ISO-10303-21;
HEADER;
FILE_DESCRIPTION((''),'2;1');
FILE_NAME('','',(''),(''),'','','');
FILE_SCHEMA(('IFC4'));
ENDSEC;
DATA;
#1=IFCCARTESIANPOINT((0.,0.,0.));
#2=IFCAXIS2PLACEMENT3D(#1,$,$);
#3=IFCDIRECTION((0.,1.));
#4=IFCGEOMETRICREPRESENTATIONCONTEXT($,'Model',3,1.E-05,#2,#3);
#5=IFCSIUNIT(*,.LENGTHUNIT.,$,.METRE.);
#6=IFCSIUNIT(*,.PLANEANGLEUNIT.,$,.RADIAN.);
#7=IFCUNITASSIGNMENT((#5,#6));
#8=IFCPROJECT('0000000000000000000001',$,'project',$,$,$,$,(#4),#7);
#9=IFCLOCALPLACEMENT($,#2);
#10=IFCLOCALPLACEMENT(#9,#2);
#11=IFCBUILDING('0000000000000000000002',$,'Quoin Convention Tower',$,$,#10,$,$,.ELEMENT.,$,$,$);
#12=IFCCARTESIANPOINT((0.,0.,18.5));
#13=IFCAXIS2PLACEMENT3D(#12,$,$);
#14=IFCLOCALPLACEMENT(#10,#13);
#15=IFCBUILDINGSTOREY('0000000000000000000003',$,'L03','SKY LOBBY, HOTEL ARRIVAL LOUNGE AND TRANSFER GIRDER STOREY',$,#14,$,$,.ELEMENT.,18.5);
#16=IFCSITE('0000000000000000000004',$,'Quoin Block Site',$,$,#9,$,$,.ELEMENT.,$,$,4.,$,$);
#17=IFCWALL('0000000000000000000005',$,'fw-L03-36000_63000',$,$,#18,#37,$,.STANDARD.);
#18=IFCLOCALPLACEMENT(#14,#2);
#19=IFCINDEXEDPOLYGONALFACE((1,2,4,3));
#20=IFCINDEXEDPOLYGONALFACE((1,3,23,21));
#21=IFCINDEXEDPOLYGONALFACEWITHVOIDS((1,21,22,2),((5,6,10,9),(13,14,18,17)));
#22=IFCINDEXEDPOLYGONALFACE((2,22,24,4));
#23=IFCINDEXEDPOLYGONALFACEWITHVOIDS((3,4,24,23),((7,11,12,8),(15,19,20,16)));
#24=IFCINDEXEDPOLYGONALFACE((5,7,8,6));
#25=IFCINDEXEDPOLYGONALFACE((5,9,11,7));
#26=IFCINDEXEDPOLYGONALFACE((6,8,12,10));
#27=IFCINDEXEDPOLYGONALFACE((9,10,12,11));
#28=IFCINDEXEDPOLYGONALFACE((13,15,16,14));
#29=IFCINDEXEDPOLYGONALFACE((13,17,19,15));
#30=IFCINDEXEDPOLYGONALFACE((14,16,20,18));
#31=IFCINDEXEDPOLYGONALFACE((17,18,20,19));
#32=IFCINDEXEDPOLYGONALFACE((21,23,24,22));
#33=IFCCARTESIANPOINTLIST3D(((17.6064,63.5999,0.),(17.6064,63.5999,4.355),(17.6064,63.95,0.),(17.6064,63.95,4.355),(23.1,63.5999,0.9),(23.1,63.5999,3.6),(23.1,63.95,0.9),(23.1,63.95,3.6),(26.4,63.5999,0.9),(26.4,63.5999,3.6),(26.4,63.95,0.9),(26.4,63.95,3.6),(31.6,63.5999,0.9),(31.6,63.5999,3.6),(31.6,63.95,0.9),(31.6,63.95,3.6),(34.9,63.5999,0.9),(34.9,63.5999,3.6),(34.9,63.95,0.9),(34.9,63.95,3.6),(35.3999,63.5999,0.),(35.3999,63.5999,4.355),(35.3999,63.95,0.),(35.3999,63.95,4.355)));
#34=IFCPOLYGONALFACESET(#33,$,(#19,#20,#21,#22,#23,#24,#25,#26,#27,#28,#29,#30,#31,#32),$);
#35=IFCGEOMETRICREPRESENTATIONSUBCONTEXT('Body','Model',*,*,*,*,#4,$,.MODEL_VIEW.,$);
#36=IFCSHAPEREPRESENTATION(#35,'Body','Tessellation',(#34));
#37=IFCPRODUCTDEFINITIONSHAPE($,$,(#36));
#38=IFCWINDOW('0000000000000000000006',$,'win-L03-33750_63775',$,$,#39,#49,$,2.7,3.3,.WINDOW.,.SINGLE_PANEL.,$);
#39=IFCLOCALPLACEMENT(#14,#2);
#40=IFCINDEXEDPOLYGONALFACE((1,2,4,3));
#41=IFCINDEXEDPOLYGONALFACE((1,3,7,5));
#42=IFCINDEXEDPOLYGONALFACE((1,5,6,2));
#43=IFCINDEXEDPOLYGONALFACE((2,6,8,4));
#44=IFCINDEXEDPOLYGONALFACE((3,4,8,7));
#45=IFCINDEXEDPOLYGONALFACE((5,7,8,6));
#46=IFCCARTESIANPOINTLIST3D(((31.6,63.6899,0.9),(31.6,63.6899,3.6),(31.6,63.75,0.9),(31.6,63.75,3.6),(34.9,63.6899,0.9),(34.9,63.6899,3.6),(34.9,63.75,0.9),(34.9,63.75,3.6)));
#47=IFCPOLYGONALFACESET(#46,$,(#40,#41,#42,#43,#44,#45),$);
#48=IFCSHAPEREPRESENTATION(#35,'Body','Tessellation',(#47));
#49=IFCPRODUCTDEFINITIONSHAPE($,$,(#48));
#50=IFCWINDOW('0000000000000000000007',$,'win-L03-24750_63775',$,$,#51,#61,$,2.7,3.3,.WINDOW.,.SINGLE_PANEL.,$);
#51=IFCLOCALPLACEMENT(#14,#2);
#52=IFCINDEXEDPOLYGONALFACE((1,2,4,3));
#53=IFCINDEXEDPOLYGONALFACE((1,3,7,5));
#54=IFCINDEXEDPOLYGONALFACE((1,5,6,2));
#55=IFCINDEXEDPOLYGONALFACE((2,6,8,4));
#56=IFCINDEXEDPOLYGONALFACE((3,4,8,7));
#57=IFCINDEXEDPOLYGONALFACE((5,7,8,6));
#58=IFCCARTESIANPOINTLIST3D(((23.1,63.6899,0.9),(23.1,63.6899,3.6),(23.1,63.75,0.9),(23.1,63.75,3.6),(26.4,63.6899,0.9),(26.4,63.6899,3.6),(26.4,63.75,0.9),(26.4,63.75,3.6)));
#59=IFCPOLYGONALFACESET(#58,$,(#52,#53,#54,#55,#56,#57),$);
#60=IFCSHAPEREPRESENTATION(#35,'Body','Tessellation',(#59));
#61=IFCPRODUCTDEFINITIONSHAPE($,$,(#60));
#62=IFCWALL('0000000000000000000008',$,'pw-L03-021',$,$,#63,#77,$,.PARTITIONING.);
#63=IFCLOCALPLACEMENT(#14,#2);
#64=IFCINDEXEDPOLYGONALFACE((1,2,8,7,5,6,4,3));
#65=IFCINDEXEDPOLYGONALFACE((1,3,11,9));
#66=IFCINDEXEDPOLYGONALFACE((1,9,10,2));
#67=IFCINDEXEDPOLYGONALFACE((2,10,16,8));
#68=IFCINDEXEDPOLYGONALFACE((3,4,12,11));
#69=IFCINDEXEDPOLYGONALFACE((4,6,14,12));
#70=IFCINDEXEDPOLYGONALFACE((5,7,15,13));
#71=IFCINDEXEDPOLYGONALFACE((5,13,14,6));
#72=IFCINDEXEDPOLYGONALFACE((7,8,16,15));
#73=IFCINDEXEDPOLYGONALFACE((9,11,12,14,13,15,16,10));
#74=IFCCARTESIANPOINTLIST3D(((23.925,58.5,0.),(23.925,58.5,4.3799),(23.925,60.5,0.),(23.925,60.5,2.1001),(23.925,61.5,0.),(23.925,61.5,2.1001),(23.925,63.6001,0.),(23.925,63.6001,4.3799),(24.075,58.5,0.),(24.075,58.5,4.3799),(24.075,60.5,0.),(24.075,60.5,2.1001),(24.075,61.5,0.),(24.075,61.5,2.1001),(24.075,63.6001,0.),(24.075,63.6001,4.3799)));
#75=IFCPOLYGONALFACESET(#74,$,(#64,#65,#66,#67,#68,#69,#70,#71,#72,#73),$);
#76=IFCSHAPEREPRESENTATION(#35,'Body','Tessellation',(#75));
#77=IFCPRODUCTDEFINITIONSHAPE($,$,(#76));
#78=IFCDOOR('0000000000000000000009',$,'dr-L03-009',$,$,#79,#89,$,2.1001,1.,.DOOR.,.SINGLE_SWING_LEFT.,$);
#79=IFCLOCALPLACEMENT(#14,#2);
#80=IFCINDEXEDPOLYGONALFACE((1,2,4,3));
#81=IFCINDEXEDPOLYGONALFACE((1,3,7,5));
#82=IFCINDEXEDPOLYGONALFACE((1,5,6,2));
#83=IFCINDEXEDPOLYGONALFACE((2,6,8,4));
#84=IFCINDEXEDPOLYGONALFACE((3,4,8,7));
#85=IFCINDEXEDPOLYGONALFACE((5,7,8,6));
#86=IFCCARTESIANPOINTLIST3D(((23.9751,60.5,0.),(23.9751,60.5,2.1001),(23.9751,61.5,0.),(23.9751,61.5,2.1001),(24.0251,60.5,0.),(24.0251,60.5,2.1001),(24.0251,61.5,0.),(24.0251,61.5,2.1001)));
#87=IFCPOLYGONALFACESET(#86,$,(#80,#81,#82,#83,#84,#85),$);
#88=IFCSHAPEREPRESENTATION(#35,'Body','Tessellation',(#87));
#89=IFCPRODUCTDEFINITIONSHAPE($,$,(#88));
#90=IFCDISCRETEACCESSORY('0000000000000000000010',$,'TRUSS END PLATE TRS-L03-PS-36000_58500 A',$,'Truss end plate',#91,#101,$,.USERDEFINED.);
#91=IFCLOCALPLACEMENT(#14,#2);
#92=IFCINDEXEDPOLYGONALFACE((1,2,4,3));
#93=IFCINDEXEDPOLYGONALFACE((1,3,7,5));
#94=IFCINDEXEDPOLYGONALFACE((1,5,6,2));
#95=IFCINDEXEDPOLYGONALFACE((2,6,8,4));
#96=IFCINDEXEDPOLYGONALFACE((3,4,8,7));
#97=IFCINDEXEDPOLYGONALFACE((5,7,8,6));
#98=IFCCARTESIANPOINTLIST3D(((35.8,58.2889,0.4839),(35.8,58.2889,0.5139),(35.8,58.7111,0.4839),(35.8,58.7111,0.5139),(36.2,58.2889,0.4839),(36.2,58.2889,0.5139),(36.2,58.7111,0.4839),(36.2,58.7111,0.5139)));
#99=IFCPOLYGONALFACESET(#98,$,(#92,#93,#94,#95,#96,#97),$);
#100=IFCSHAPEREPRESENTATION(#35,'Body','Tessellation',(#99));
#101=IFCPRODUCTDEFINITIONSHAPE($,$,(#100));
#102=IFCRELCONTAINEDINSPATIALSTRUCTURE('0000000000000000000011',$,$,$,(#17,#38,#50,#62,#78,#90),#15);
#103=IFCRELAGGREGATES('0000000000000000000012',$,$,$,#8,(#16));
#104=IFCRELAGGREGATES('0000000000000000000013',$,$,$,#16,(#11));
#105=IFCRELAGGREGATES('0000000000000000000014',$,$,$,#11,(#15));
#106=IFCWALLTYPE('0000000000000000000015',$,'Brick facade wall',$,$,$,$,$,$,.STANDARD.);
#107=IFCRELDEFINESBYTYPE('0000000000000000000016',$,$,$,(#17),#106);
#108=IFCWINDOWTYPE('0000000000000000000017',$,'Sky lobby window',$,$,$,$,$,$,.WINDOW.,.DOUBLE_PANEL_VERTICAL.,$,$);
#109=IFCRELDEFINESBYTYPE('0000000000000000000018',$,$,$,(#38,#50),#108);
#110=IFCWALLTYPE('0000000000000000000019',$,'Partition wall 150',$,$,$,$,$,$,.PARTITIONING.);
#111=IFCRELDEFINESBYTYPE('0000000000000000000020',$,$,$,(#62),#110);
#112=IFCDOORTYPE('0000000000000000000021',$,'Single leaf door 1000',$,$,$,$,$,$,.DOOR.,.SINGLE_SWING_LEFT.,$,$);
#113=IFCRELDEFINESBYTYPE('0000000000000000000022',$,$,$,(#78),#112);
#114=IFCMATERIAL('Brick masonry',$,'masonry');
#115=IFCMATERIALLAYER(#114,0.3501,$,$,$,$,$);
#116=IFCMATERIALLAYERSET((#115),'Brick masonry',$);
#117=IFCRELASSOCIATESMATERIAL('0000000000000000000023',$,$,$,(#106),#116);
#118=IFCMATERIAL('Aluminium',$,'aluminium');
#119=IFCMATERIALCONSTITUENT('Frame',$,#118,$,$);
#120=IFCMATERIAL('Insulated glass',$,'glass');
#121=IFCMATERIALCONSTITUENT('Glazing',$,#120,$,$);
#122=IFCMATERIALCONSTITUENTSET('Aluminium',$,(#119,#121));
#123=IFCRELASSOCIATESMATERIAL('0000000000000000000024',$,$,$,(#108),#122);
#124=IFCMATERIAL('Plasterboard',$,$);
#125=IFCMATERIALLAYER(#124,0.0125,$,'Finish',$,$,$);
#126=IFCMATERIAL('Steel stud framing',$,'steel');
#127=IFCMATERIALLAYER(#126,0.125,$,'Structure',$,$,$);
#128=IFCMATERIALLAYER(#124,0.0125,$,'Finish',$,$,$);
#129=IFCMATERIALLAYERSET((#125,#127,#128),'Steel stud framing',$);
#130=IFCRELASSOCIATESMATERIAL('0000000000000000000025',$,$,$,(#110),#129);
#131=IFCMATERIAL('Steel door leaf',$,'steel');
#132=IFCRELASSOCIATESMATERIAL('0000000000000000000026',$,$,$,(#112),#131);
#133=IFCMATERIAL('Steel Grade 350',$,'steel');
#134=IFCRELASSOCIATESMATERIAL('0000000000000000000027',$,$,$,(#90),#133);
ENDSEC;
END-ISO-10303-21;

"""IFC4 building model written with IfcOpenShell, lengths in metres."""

from ifc_helpers import new_model, si_unit, direction, frame, frame_2d, origin, origin_2d, place, context, subcontext, project, spatial, rectangle, extrude, material, layer, layer_set, constituent, constituent_set, type_object, element, fill, save


model = new_model("IFC4")

# Units and contexts
model_context = context("Model", 3, precision=1e-05, world=origin(), true_north=direction((0.0, 1.0)))
body_context = subcontext(model_context, "Body", "Model", "MODEL_VIEW")
ifc_project = project(units=[si_unit("LENGTHUNIT", "METRE"), si_unit("PLANEANGLEUNIT", "RADIAN")], contexts=[model_context])

# Site, building, storey
site_placement = place(None, origin())
site = spatial("IfcSite", under=ifc_project, at=site_placement, Name="Quoin Block Site", CompositionType="ELEMENT", RefElevation=4.0)
building_placement = place(site_placement, origin())
building = spatial("IfcBuilding", under=site, at=building_placement, Name="Quoin Convention Tower", CompositionType="ELEMENT")
storey_placement = place(building_placement, frame((0.0, 0.0, 18.5)))
storey = spatial("IfcBuildingStorey", under=building, at=storey_placement, Name="L03", Description="SKY LOBBY, HOTEL ARRIVAL LOUNGE AND TRANSFER GIRDER STOREY", CompositionType="ELEMENT", Elevation=18.5)

# Shared definitions
ifc_material_1 = material(Name="Brick masonry", Category="masonry")
ifc_layer_1 = layer(ifc_material_1, 0.3501)
ifc_layer_set_1 = layer_set([ifc_layer_1], Name="Brick masonry")
wall_type_1 = type_object("IfcWallType", Name="Brick facade wall", PredefinedType="STANDARD", material=ifc_layer_set_1)
ifc_material_2 = material(Name="Aluminium", Category="aluminium")
ifc_constituent_1 = constituent(ifc_material_2, Name="Frame")
ifc_material_3 = material(Name="Insulated glass", Category="glass")
ifc_constituent_2 = constituent(ifc_material_3, Name="Glazing")
ifc_constituent_set = constituent_set(constituents=[ifc_constituent_1, ifc_constituent_2], Name="Aluminium")
window_type = type_object("IfcWindowType", Name="Sky lobby window", PartitioningType="DOUBLE_PANEL_VERTICAL", PredefinedType="WINDOW", material=ifc_constituent_set)

# Wall, openings, windows
wall_1_placement = place(storey_placement, frame((35.3999, 63.7749, 0.0), z_axis=(0.0, 0.0, 1.0), x_axis=(-1.0, 0.0, 0.0)))
wall_1 = element("IfcWall", 1, at=wall_1_placement, inside=storey, type_object=wall_type_1, Name="fw-L03-36000_63000", PredefinedType="STANDARD", context=body_context, shape_type="SweptSolid", body=[
    extrude(rectangle(XDim=17.7935, YDim=0.3501, at=frame_2d((8.8967, 0.0))), origin(), (0.0, 0.0, 1.0), 4.355),
])
opening_1_placement = place(wall_1_placement, frame((0.5, 0.0, 0.8999)))
opening_1 = element("IfcOpeningElement", 2, at=opening_1_placement, cuts=wall_1, PredefinedType="OPENING", context=body_context, shape_type="SweptSolid", body=[
    extrude(rectangle(XDim=3.3, YDim=2.7, at=frame_2d((1.6499, 1.3501))), frame((0.0, 0.1851, 0.0), z_axis=(0.0, -1.0, 0.0), x_axis=(1.0, 0.0, 0.0)), (0.0, 0.0, 1.0), 0.3701),
])
opening_2_placement = place(wall_1_placement, frame((9.0, 0.0, 0.8999)))
opening_2 = element("IfcOpeningElement", 3, at=opening_2_placement, cuts=wall_1, PredefinedType="OPENING", context=body_context, shape_type="SweptSolid", body=[
    extrude(rectangle(XDim=3.3, YDim=2.7, at=frame_2d((1.6499, 1.3501))), frame((0.0, 0.1851, 0.0), z_axis=(0.0, -1.0, 0.0), x_axis=(1.0, 0.0, 0.0)), (0.0, 0.0, 1.0), 0.3701),
])
window_1_placement = place(opening_1_placement, origin())
window_1 = element("IfcWindow", 4, at=window_1_placement, inside=storey, type_object=window_type, Name="win-L03-33750_63775", OverallHeight=2.7, OverallWidth=3.3, PartitioningType="SINGLE_PANEL", PredefinedType="WINDOW", context=body_context, shape_type="SweptSolid", body=[
    extrude(rectangle(XDim=3.3, YDim=2.7, at=frame_2d((1.6499, 1.3501))), frame((0.0, 0.085, 0.0), z_axis=(0.0, -1.0, 0.0), x_axis=(1.0, 0.0, 0.0)), (0.0, 0.0, 1.0), 0.0601),
])
fill(opening_1, window_1)
window_2_placement = place(opening_2_placement, origin())
window_2 = element("IfcWindow", 5, at=window_2_placement, inside=storey, type_object=window_type, Name="win-L03-24750_63775", OverallHeight=2.7, OverallWidth=3.3, PartitioningType="SINGLE_PANEL", PredefinedType="WINDOW", context=body_context, shape_type="SweptSolid", body=[
    extrude(rectangle(XDim=3.3, YDim=2.7, at=frame_2d((1.6499, 1.3501))), frame((0.0, 0.085, 0.0), z_axis=(0.0, -1.0, 0.0), x_axis=(1.0, 0.0, 0.0)), (0.0, 0.0, 1.0), 0.0601),
])
fill(opening_2, window_2)

# Wall, opening, door
ifc_material_4 = material(Name="Plasterboard")
ifc_layer_2 = layer(ifc_material_4, 0.0125, Name="Finish")
ifc_material_5 = material(Name="Steel stud framing", Category="steel")
ifc_layer_3 = layer(ifc_material_5, 0.125, Name="Structure")
ifc_layer_4 = layer(ifc_material_4, 0.0125, Name="Finish")
ifc_layer_set_2 = layer_set([ifc_layer_2, ifc_layer_3, ifc_layer_4], Name="Steel stud framing")
wall_type_2 = type_object("IfcWallType", Name="Partition wall 150", PredefinedType="PARTITIONING", material=ifc_layer_set_2)
wall_2_placement = place(storey_placement, frame((24.0, 58.5, 0.0), z_axis=(0.0, 0.0, 1.0), x_axis=(0.0, 1.0, 0.0)))
wall_2 = element("IfcWall", 6, at=wall_2_placement, inside=storey, type_object=wall_type_2, Name="pw-L03-021", PredefinedType="PARTITIONING", context=body_context, shape_type="SweptSolid", body=[
    extrude(rectangle(XDim=5.1001, YDim=0.1499, at=frame_2d((2.55, 0.0))), origin(), (0.0, 0.0, 1.0), 4.3799),
])
opening_3_placement = place(wall_2_placement, frame((2.0, 0.0, 0.0)))
opening_3 = element("IfcOpeningElement", 7, at=opening_3_placement, cuts=wall_2, PredefinedType="OPENING", context=body_context, shape_type="SweptSolid", body=[
    extrude(rectangle(XDim=1.0, YDim=2.1001, at=frame_2d((0.5, 1.05))), frame((0.0, 0.085, 0.0), z_axis=(0.0, -1.0, 0.0), x_axis=(1.0, 0.0, 0.0)), (0.0, 0.0, 1.0), 0.1699),
])
ifc_material_6 = material(Name="Steel door leaf", Category="steel")
door_type = type_object("IfcDoorType", Name="Single leaf door 1000", OperationType="SINGLE_SWING_LEFT", PredefinedType="DOOR", material=ifc_material_6)
door_placement = place(opening_3_placement, origin())
door = element("IfcDoor", 8, at=door_placement, inside=storey, type_object=door_type, Name="dr-L03-009", OperationType="SINGLE_SWING_LEFT", OverallHeight=2.1001, OverallWidth=1.0, PredefinedType="DOOR", context=body_context, shape_type="SweptSolid", body=[
    extrude(rectangle(XDim=1.0, YDim=2.1001, at=frame_2d((0.5, 1.05))), frame((0.0, 0.0249, 0.0), z_axis=(0.0, -1.0, 0.0), x_axis=(1.0, 0.0, 0.0)), (0.0, 0.0, 1.0), 0.05),
])
fill(opening_3, door)

# Discrete accessory
ifc_material_7 = material(Name="Steel Grade 350", Category="steel")
discrete_accessory_placement = place(storey_placement, frame((36.0, 58.5, 0.4839), z_axis=(0.0, 0.0, 1.0), x_axis=(1.0, 0.0, 0.0)))
element("IfcDiscreteAccessory", 9, at=discrete_accessory_placement, inside=storey, material=ifc_material_7, Name="TRUSS END PLATE TRS-L03-PS-36000_58500 A", ObjectType="Truss end plate", PredefinedType="USERDEFINED", context=body_context, shape_type="SweptSolid", body=[
    extrude(rectangle(XDim=0.3999, YDim=0.4221, at=origin_2d()), origin(), (0.0, 0.0, 1.0), 0.03),
])

save(model, "model.ifc")
